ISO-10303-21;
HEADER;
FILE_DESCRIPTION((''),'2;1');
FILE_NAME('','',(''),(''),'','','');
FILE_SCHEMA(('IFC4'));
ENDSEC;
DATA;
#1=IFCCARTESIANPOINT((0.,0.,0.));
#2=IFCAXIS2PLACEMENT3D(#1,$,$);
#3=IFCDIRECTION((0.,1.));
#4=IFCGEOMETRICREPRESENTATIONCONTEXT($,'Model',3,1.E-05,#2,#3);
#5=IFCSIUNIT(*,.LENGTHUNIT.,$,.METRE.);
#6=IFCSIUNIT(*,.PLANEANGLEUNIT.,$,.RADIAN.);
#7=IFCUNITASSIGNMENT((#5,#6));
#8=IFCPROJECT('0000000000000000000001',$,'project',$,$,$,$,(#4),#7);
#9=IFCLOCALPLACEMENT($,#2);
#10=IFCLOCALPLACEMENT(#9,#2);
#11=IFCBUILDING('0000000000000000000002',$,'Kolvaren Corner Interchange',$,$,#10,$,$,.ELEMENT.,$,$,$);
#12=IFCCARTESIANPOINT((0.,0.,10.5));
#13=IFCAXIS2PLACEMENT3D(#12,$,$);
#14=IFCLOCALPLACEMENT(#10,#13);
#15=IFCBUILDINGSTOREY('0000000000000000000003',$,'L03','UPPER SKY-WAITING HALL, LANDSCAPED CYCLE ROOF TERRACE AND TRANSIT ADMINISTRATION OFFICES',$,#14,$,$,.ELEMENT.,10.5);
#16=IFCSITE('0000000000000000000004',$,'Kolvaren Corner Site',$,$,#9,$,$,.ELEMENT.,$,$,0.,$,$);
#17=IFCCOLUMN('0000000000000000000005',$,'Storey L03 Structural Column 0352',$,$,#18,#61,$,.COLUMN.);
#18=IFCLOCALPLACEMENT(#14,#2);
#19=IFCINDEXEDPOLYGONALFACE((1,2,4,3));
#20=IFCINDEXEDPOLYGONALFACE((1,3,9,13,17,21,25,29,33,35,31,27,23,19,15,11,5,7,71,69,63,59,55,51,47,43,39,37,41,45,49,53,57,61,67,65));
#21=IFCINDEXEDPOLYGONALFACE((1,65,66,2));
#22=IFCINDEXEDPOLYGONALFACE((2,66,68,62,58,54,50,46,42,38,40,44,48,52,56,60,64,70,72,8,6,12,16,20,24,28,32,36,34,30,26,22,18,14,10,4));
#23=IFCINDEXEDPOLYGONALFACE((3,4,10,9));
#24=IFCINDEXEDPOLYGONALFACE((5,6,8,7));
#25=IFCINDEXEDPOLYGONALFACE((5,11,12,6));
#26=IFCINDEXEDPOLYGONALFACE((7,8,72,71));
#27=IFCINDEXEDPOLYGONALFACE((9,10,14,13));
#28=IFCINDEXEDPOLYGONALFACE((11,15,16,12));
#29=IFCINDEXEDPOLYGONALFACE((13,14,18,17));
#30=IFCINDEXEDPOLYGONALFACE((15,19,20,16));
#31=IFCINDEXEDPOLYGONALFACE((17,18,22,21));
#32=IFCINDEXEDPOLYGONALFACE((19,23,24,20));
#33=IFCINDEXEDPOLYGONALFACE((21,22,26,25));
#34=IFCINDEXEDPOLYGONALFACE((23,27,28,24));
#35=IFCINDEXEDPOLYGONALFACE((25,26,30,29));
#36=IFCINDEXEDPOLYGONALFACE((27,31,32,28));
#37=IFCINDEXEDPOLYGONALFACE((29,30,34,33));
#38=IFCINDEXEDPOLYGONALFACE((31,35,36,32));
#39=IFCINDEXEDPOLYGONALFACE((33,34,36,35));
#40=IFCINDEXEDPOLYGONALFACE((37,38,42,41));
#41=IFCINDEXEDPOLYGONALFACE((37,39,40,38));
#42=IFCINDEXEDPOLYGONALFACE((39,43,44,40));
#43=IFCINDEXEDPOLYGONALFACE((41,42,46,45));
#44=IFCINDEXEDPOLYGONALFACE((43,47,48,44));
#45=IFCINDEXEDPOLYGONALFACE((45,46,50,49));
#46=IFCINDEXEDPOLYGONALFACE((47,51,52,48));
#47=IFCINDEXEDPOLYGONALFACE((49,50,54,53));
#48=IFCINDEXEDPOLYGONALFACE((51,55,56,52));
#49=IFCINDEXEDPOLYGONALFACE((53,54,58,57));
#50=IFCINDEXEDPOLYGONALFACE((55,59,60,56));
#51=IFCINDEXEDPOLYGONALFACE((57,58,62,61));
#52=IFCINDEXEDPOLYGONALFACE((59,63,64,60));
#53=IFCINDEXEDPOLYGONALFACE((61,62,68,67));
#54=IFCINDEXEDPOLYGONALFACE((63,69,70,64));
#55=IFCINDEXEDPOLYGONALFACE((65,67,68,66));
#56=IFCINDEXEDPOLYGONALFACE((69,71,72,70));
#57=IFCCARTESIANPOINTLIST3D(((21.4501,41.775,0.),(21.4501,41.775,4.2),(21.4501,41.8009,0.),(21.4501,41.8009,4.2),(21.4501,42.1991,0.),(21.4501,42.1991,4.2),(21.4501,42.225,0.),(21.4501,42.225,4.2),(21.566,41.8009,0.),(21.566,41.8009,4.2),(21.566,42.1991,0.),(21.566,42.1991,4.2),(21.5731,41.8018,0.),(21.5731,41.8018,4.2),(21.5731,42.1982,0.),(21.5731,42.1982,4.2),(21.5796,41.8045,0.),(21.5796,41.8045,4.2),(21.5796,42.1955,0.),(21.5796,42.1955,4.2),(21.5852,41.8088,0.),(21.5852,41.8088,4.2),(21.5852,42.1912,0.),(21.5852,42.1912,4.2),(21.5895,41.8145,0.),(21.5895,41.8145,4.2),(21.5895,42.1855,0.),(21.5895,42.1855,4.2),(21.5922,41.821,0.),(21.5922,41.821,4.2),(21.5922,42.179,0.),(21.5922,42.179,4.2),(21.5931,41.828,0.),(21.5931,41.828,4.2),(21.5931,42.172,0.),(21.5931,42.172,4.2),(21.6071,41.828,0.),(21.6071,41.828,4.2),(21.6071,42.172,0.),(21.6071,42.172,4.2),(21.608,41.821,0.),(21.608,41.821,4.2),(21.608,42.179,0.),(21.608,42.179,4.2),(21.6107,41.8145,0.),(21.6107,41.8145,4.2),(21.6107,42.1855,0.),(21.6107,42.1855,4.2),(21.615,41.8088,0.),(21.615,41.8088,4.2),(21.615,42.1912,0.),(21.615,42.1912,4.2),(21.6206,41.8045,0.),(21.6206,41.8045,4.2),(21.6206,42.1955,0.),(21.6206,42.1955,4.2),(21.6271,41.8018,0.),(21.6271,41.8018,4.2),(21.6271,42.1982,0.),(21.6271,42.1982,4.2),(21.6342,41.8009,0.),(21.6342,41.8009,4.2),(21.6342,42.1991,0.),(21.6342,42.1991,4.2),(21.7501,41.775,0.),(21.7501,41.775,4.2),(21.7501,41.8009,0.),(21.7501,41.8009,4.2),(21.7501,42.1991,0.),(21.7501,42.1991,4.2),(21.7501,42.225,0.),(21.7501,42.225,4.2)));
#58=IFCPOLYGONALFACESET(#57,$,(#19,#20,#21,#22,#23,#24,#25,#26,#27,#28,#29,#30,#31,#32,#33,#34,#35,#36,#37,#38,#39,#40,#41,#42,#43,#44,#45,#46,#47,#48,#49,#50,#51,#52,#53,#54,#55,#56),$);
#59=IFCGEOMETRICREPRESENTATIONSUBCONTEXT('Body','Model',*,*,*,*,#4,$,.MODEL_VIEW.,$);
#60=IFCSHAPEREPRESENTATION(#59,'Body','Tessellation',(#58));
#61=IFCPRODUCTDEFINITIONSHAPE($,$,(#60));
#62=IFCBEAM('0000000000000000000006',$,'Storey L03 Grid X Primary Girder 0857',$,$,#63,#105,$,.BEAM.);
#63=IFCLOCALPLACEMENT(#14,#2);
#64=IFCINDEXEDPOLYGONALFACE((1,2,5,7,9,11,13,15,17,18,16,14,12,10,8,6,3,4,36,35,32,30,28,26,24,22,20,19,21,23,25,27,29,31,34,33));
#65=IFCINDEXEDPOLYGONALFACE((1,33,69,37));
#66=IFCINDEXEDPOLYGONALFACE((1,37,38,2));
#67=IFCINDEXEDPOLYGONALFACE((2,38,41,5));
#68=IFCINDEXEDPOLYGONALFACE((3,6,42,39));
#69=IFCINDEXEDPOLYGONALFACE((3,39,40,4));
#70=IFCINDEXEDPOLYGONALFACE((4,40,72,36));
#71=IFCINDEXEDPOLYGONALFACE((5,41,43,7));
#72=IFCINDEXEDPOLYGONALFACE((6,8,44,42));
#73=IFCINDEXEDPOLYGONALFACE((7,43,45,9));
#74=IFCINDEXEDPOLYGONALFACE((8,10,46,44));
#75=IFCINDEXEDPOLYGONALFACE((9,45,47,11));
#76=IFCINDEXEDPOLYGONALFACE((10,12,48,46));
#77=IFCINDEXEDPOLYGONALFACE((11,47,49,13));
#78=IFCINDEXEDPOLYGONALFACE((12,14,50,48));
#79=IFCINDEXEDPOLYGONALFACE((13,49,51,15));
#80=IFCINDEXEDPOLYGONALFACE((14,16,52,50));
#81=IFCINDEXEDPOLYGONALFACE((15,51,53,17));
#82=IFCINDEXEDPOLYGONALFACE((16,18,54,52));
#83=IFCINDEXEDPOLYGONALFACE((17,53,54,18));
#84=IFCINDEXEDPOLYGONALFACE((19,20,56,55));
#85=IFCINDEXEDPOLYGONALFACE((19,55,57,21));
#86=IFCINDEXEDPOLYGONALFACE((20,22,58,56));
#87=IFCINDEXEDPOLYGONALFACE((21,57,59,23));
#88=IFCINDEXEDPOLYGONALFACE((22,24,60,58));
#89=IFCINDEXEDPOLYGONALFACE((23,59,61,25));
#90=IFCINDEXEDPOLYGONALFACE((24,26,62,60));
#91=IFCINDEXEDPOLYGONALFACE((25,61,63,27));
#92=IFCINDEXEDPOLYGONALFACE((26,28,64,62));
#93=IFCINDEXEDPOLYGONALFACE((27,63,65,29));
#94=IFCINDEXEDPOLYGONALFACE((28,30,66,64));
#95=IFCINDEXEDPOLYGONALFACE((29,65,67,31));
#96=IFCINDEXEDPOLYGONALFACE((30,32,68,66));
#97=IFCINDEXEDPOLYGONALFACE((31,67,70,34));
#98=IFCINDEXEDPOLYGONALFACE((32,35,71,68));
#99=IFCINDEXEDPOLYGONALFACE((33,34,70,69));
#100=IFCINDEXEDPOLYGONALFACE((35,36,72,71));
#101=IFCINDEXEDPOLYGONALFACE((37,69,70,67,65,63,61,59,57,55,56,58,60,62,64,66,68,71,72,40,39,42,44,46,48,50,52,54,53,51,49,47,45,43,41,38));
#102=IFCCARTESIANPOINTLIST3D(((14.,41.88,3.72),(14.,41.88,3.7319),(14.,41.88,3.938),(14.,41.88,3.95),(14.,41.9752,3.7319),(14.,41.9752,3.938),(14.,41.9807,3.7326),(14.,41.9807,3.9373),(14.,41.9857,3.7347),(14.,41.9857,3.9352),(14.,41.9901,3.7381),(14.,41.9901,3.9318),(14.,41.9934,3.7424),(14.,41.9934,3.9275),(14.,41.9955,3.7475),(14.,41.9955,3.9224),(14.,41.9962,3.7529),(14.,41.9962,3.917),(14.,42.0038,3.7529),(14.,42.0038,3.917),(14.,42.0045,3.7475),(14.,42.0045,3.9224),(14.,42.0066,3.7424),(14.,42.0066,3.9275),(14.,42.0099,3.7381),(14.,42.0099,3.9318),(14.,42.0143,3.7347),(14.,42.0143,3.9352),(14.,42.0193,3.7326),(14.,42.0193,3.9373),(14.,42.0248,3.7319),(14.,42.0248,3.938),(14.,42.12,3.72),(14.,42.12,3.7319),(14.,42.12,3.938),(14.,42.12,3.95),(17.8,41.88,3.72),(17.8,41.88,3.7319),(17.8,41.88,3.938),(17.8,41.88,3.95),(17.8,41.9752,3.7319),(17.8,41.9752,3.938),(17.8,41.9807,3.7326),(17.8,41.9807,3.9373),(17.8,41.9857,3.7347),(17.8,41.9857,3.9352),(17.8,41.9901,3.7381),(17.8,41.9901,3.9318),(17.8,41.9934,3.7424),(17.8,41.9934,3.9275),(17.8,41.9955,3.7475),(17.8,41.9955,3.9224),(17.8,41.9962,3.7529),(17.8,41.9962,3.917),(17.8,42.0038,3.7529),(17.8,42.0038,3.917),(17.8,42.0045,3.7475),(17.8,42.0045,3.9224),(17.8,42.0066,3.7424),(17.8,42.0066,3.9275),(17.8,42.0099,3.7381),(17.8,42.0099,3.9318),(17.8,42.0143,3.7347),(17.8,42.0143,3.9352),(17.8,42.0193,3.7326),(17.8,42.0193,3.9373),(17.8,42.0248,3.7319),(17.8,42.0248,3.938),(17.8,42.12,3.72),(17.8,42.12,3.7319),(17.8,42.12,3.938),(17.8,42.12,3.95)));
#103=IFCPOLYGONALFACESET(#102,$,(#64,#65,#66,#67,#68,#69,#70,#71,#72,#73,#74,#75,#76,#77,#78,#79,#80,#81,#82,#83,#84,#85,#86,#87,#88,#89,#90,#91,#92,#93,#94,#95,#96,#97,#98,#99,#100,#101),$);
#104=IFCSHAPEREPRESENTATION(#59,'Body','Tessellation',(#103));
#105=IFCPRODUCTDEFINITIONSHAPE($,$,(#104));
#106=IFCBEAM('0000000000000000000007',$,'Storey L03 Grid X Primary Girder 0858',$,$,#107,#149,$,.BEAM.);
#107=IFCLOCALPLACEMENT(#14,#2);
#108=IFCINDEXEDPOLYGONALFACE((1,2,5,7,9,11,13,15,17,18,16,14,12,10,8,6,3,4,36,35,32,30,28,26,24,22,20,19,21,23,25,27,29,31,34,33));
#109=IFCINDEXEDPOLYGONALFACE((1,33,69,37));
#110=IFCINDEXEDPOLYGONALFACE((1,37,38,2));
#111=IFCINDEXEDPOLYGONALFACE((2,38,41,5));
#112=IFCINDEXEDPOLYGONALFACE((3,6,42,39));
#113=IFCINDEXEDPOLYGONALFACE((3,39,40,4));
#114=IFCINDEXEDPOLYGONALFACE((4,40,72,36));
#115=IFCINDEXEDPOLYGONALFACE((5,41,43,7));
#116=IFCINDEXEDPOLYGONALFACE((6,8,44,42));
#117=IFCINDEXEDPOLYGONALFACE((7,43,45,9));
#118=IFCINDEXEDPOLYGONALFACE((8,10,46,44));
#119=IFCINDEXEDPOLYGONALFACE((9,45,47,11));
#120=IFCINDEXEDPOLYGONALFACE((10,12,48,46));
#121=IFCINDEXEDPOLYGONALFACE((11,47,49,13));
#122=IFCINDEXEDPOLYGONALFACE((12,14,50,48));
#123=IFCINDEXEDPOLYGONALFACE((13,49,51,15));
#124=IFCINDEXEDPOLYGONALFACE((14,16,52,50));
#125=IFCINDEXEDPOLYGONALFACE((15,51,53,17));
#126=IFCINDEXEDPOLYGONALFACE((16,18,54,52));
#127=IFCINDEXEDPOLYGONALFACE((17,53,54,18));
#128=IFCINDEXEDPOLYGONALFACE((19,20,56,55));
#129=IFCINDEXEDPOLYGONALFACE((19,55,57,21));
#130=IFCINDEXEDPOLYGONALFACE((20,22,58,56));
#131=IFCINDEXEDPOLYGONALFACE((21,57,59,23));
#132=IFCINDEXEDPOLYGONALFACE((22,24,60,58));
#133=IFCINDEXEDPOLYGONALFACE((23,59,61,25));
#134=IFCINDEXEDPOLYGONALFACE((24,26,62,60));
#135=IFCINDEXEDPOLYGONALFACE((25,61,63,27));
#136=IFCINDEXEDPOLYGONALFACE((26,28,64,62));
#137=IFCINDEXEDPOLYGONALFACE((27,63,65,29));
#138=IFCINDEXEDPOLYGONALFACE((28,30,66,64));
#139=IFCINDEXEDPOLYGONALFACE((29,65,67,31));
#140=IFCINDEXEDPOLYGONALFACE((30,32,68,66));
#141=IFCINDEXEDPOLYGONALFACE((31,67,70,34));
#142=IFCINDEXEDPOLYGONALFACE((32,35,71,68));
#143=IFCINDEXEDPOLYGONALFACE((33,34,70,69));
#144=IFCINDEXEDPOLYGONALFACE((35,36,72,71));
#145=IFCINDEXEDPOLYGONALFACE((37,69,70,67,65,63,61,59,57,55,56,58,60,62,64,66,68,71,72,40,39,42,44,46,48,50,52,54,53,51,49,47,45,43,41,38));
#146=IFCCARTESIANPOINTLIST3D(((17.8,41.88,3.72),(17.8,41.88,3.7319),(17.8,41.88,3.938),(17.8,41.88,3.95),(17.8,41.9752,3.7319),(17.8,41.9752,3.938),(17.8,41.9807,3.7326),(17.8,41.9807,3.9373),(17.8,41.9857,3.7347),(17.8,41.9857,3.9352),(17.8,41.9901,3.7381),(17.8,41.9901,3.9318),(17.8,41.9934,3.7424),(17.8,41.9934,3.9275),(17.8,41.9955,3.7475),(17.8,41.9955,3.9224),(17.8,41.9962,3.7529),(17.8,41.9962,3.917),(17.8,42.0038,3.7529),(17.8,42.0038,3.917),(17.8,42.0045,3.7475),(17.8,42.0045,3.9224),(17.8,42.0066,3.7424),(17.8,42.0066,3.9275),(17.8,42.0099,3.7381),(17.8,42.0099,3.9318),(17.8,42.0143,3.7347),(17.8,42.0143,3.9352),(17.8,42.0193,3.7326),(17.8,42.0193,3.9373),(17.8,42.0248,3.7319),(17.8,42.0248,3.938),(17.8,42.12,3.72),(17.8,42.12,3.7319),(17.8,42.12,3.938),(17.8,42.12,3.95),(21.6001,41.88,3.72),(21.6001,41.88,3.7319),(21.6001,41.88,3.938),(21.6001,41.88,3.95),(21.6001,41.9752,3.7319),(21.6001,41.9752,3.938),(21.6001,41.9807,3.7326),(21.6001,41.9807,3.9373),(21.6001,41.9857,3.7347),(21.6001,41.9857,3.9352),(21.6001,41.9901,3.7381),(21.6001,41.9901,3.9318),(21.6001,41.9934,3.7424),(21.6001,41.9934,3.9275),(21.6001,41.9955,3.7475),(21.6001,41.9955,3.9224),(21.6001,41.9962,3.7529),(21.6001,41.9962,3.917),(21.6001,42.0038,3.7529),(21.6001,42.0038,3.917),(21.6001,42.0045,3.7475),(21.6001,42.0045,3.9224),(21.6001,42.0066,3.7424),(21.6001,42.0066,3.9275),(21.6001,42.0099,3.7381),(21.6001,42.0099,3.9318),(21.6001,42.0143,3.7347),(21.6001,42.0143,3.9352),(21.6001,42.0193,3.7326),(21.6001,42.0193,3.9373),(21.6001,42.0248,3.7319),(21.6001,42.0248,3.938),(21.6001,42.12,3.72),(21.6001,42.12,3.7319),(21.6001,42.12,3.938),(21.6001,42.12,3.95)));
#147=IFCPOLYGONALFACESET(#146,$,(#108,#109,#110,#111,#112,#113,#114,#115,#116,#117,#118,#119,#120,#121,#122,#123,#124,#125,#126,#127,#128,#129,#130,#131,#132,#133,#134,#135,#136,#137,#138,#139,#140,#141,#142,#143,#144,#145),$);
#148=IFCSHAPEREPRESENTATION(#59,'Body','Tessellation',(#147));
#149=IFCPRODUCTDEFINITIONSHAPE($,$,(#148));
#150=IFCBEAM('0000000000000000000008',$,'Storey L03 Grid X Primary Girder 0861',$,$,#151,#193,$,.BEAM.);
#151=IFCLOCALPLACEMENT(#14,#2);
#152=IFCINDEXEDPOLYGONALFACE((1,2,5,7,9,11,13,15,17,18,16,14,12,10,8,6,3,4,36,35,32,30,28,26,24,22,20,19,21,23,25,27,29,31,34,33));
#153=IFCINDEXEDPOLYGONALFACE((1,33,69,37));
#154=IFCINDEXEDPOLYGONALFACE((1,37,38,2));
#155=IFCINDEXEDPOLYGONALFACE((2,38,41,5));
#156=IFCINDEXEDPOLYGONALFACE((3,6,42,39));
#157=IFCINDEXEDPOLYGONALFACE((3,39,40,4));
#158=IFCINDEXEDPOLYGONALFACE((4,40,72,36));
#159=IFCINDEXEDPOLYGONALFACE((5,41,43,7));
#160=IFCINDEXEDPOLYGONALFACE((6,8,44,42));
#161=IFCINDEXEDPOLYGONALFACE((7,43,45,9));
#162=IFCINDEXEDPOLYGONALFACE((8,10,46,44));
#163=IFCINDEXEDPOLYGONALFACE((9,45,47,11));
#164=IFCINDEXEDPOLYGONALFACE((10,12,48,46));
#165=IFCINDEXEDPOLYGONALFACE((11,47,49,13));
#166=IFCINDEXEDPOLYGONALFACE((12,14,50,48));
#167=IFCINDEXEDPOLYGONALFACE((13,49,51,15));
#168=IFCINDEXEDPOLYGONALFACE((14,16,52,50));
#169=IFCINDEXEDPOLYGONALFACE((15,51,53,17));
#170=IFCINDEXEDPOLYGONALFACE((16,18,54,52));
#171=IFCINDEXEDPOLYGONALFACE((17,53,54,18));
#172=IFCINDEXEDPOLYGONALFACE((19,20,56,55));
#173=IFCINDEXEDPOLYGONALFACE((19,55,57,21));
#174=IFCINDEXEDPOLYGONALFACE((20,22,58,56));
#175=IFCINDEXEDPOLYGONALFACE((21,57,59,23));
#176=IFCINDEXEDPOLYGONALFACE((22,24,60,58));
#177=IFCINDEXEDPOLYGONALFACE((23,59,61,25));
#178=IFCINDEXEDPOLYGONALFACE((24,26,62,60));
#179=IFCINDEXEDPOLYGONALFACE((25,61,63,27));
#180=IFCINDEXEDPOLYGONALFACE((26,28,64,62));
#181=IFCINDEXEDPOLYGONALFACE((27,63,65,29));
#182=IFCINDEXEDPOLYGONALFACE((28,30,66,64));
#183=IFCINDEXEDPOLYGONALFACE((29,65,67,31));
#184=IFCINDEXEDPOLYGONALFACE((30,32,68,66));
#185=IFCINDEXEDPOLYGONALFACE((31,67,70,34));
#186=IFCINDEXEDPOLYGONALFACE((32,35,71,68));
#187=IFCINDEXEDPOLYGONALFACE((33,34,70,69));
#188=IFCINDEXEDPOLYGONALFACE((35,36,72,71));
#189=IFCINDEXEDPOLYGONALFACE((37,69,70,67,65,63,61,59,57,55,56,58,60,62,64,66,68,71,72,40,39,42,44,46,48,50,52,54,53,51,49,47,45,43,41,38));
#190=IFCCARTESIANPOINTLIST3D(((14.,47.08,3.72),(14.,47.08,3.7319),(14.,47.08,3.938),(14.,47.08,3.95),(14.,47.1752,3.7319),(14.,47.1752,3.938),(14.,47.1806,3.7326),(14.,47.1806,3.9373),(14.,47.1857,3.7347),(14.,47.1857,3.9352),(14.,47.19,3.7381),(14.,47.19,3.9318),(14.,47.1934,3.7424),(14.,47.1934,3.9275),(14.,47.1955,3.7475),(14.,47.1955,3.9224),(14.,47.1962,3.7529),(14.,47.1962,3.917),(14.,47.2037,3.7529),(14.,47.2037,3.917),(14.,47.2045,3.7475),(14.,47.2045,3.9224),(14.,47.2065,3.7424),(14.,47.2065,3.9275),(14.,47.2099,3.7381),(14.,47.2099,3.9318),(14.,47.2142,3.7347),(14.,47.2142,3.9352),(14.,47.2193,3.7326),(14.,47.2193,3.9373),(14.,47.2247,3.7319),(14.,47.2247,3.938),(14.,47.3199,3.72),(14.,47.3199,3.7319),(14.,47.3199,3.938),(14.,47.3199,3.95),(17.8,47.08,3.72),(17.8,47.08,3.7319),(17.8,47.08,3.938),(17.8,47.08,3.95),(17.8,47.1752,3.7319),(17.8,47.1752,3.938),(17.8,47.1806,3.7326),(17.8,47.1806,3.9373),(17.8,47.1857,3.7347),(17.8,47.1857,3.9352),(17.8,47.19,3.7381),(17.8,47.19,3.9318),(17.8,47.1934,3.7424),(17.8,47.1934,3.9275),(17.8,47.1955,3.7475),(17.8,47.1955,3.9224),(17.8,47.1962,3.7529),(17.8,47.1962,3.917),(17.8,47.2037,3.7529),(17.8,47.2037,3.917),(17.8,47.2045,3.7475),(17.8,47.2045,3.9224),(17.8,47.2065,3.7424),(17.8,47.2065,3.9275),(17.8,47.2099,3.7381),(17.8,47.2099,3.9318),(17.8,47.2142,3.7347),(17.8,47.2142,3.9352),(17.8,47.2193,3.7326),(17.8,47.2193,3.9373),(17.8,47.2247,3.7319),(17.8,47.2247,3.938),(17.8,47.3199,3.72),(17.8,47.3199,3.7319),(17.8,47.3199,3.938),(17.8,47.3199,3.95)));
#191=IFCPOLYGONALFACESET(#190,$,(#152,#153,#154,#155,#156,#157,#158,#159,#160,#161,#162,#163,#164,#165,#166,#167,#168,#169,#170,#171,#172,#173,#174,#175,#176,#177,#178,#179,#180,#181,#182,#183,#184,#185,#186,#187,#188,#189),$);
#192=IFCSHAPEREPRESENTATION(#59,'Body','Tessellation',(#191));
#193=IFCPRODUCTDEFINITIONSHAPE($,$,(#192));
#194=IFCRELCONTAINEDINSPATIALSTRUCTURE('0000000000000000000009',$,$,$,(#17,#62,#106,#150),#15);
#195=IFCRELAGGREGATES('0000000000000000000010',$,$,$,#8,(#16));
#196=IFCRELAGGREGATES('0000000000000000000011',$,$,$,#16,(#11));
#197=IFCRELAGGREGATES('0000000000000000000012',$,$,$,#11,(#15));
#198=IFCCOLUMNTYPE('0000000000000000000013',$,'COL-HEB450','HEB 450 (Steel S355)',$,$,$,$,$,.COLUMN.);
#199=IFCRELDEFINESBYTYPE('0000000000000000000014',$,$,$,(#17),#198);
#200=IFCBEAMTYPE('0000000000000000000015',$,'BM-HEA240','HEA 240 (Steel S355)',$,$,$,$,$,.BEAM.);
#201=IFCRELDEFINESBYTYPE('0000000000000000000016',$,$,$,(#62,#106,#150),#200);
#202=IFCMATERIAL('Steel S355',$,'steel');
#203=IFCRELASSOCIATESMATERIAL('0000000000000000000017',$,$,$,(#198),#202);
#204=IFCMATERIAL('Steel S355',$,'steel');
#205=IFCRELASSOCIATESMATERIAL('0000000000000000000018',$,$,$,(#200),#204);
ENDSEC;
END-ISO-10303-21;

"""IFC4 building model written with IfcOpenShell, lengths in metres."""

from ifc_helpers import new_model, si_unit, direction, frame, origin, origin_2d, place, context, subcontext, project, spatial, i_section, extrude, material, material_profile, profile_set, type_object, element, save


model = new_model("IFC4")

# Units and contexts
model_context = context("Model", 3, precision=1e-05, world=origin(), true_north=direction((0.0, 1.0)))
body_context = subcontext(model_context, "Body", "Model", "MODEL_VIEW")
ifc_project = project(units=[si_unit("LENGTHUNIT", "METRE"), si_unit("PLANEANGLEUNIT", "RADIAN")], contexts=[model_context])

# Site, building, storey
site_placement = place(None, origin())
site = spatial("IfcSite", under=ifc_project, at=site_placement, Name="Kolvaren Corner Site", CompositionType="ELEMENT", RefElevation=0.0)
building_placement = place(site_placement, origin())
building = spatial("IfcBuilding", under=site, at=building_placement, Name="Kolvaren Corner Interchange", CompositionType="ELEMENT")
storey_placement = place(building_placement, frame((0.0, 0.0, 10.5)))
storey = spatial("IfcBuildingStorey", under=building, at=storey_placement, Name="L03", Description="UPPER SKY-WAITING HALL, LANDSCAPED CYCLE ROOF TERRACE AND TRANSIT ADMINISTRATION OFFICES", CompositionType="ELEMENT", Elevation=10.5)

# Column
ifc_material_1 = material(Name="Steel S355", Category="steel")
ifc_material_profile_1 = material_profile(ifc_material_1, i_section(OverallWidth=0.3, OverallDepth=0.45, WebThickness=0.0139, FlangeThickness=0.0259, FilletRadius=0.0271, at=origin_2d()), Name="HEB 450")
ifc_profile_set_1 = profile_set([ifc_material_profile_1], Name="Steel S355")
column_type_1 = type_object("IfcColumnType", Name="COL-HEB450", Description="HEB 450 (Steel S355)", PredefinedType="COLUMN", material=ifc_profile_set_1)
column_placement = place(storey_placement, frame((21.6001, 42.0, 0.0), z_axis=(0.0, 0.0, 1.0), x_axis=(1.0, 0.0, 0.0)))
element("IfcColumn", 1, at=column_placement, inside=storey, type_object=column_type_1, Name="Storey L03 Structural Column 0352", PredefinedType="COLUMN", context=body_context, shape_type="SweptSolid", body=[
    extrude(i_section(OverallWidth=0.3, OverallDepth=0.45, WebThickness=0.0139, FlangeThickness=0.0259, FilletRadius=0.0271, at=origin_2d()), origin(), (0.0, 0.0, 1.0), 4.2),
])

# Beams
ifc_material_2 = material(Name="Steel S355", Category="steel")
ifc_material_profile_2 = material_profile(ifc_material_2, i_section(OverallWidth=0.24, OverallDepth=0.23, WebThickness=0.0076, FlangeThickness=0.012, FilletRadius=0.021, at=origin_2d()), Name="HEA 240")
ifc_profile_set_2 = profile_set([ifc_material_profile_2], Name="Steel S355")
beam_type_1 = type_object("IfcBeamType", Name="BM-HEA240", Description="HEA 240 (Steel S355)", PredefinedType="BEAM", material=ifc_profile_set_2)
for number, where, z_axis, x_axis, name in (
    (2, (14.0, 42.0, 3.835), (1.0, 0.0, 0.0), (0.0, 1.0, 0.0), "Storey L03 Grid X Primary Girder 0857"),
    (3, (17.8, 42.0, 3.835), (1.0, 0.0, 0.0), (0.0, 1.0, 0.0), "Storey L03 Grid X Primary Girder 0858"),
    (4, (14.0, 47.2, 3.835), (1.0, 0.0, 0.0), (0.0, 1.0, 0.0), "Storey L03 Grid X Primary Girder 0861"),
):
    element("IfcBeam", number, at=place(storey_placement, frame(where, z_axis=z_axis, x_axis=x_axis)), inside=storey, type_object=beam_type_1, Name=name, PredefinedType="BEAM", context=body_context, shape_type="SweptSolid", body=[
        extrude(i_section(OverallWidth=0.24, OverallDepth=0.23, WebThickness=0.0076, FlangeThickness=0.012, FilletRadius=0.021, at=origin_2d()), origin(), (0.0, 0.0, 1.0), 3.8),
    ])

save(model, "model.ifc")
